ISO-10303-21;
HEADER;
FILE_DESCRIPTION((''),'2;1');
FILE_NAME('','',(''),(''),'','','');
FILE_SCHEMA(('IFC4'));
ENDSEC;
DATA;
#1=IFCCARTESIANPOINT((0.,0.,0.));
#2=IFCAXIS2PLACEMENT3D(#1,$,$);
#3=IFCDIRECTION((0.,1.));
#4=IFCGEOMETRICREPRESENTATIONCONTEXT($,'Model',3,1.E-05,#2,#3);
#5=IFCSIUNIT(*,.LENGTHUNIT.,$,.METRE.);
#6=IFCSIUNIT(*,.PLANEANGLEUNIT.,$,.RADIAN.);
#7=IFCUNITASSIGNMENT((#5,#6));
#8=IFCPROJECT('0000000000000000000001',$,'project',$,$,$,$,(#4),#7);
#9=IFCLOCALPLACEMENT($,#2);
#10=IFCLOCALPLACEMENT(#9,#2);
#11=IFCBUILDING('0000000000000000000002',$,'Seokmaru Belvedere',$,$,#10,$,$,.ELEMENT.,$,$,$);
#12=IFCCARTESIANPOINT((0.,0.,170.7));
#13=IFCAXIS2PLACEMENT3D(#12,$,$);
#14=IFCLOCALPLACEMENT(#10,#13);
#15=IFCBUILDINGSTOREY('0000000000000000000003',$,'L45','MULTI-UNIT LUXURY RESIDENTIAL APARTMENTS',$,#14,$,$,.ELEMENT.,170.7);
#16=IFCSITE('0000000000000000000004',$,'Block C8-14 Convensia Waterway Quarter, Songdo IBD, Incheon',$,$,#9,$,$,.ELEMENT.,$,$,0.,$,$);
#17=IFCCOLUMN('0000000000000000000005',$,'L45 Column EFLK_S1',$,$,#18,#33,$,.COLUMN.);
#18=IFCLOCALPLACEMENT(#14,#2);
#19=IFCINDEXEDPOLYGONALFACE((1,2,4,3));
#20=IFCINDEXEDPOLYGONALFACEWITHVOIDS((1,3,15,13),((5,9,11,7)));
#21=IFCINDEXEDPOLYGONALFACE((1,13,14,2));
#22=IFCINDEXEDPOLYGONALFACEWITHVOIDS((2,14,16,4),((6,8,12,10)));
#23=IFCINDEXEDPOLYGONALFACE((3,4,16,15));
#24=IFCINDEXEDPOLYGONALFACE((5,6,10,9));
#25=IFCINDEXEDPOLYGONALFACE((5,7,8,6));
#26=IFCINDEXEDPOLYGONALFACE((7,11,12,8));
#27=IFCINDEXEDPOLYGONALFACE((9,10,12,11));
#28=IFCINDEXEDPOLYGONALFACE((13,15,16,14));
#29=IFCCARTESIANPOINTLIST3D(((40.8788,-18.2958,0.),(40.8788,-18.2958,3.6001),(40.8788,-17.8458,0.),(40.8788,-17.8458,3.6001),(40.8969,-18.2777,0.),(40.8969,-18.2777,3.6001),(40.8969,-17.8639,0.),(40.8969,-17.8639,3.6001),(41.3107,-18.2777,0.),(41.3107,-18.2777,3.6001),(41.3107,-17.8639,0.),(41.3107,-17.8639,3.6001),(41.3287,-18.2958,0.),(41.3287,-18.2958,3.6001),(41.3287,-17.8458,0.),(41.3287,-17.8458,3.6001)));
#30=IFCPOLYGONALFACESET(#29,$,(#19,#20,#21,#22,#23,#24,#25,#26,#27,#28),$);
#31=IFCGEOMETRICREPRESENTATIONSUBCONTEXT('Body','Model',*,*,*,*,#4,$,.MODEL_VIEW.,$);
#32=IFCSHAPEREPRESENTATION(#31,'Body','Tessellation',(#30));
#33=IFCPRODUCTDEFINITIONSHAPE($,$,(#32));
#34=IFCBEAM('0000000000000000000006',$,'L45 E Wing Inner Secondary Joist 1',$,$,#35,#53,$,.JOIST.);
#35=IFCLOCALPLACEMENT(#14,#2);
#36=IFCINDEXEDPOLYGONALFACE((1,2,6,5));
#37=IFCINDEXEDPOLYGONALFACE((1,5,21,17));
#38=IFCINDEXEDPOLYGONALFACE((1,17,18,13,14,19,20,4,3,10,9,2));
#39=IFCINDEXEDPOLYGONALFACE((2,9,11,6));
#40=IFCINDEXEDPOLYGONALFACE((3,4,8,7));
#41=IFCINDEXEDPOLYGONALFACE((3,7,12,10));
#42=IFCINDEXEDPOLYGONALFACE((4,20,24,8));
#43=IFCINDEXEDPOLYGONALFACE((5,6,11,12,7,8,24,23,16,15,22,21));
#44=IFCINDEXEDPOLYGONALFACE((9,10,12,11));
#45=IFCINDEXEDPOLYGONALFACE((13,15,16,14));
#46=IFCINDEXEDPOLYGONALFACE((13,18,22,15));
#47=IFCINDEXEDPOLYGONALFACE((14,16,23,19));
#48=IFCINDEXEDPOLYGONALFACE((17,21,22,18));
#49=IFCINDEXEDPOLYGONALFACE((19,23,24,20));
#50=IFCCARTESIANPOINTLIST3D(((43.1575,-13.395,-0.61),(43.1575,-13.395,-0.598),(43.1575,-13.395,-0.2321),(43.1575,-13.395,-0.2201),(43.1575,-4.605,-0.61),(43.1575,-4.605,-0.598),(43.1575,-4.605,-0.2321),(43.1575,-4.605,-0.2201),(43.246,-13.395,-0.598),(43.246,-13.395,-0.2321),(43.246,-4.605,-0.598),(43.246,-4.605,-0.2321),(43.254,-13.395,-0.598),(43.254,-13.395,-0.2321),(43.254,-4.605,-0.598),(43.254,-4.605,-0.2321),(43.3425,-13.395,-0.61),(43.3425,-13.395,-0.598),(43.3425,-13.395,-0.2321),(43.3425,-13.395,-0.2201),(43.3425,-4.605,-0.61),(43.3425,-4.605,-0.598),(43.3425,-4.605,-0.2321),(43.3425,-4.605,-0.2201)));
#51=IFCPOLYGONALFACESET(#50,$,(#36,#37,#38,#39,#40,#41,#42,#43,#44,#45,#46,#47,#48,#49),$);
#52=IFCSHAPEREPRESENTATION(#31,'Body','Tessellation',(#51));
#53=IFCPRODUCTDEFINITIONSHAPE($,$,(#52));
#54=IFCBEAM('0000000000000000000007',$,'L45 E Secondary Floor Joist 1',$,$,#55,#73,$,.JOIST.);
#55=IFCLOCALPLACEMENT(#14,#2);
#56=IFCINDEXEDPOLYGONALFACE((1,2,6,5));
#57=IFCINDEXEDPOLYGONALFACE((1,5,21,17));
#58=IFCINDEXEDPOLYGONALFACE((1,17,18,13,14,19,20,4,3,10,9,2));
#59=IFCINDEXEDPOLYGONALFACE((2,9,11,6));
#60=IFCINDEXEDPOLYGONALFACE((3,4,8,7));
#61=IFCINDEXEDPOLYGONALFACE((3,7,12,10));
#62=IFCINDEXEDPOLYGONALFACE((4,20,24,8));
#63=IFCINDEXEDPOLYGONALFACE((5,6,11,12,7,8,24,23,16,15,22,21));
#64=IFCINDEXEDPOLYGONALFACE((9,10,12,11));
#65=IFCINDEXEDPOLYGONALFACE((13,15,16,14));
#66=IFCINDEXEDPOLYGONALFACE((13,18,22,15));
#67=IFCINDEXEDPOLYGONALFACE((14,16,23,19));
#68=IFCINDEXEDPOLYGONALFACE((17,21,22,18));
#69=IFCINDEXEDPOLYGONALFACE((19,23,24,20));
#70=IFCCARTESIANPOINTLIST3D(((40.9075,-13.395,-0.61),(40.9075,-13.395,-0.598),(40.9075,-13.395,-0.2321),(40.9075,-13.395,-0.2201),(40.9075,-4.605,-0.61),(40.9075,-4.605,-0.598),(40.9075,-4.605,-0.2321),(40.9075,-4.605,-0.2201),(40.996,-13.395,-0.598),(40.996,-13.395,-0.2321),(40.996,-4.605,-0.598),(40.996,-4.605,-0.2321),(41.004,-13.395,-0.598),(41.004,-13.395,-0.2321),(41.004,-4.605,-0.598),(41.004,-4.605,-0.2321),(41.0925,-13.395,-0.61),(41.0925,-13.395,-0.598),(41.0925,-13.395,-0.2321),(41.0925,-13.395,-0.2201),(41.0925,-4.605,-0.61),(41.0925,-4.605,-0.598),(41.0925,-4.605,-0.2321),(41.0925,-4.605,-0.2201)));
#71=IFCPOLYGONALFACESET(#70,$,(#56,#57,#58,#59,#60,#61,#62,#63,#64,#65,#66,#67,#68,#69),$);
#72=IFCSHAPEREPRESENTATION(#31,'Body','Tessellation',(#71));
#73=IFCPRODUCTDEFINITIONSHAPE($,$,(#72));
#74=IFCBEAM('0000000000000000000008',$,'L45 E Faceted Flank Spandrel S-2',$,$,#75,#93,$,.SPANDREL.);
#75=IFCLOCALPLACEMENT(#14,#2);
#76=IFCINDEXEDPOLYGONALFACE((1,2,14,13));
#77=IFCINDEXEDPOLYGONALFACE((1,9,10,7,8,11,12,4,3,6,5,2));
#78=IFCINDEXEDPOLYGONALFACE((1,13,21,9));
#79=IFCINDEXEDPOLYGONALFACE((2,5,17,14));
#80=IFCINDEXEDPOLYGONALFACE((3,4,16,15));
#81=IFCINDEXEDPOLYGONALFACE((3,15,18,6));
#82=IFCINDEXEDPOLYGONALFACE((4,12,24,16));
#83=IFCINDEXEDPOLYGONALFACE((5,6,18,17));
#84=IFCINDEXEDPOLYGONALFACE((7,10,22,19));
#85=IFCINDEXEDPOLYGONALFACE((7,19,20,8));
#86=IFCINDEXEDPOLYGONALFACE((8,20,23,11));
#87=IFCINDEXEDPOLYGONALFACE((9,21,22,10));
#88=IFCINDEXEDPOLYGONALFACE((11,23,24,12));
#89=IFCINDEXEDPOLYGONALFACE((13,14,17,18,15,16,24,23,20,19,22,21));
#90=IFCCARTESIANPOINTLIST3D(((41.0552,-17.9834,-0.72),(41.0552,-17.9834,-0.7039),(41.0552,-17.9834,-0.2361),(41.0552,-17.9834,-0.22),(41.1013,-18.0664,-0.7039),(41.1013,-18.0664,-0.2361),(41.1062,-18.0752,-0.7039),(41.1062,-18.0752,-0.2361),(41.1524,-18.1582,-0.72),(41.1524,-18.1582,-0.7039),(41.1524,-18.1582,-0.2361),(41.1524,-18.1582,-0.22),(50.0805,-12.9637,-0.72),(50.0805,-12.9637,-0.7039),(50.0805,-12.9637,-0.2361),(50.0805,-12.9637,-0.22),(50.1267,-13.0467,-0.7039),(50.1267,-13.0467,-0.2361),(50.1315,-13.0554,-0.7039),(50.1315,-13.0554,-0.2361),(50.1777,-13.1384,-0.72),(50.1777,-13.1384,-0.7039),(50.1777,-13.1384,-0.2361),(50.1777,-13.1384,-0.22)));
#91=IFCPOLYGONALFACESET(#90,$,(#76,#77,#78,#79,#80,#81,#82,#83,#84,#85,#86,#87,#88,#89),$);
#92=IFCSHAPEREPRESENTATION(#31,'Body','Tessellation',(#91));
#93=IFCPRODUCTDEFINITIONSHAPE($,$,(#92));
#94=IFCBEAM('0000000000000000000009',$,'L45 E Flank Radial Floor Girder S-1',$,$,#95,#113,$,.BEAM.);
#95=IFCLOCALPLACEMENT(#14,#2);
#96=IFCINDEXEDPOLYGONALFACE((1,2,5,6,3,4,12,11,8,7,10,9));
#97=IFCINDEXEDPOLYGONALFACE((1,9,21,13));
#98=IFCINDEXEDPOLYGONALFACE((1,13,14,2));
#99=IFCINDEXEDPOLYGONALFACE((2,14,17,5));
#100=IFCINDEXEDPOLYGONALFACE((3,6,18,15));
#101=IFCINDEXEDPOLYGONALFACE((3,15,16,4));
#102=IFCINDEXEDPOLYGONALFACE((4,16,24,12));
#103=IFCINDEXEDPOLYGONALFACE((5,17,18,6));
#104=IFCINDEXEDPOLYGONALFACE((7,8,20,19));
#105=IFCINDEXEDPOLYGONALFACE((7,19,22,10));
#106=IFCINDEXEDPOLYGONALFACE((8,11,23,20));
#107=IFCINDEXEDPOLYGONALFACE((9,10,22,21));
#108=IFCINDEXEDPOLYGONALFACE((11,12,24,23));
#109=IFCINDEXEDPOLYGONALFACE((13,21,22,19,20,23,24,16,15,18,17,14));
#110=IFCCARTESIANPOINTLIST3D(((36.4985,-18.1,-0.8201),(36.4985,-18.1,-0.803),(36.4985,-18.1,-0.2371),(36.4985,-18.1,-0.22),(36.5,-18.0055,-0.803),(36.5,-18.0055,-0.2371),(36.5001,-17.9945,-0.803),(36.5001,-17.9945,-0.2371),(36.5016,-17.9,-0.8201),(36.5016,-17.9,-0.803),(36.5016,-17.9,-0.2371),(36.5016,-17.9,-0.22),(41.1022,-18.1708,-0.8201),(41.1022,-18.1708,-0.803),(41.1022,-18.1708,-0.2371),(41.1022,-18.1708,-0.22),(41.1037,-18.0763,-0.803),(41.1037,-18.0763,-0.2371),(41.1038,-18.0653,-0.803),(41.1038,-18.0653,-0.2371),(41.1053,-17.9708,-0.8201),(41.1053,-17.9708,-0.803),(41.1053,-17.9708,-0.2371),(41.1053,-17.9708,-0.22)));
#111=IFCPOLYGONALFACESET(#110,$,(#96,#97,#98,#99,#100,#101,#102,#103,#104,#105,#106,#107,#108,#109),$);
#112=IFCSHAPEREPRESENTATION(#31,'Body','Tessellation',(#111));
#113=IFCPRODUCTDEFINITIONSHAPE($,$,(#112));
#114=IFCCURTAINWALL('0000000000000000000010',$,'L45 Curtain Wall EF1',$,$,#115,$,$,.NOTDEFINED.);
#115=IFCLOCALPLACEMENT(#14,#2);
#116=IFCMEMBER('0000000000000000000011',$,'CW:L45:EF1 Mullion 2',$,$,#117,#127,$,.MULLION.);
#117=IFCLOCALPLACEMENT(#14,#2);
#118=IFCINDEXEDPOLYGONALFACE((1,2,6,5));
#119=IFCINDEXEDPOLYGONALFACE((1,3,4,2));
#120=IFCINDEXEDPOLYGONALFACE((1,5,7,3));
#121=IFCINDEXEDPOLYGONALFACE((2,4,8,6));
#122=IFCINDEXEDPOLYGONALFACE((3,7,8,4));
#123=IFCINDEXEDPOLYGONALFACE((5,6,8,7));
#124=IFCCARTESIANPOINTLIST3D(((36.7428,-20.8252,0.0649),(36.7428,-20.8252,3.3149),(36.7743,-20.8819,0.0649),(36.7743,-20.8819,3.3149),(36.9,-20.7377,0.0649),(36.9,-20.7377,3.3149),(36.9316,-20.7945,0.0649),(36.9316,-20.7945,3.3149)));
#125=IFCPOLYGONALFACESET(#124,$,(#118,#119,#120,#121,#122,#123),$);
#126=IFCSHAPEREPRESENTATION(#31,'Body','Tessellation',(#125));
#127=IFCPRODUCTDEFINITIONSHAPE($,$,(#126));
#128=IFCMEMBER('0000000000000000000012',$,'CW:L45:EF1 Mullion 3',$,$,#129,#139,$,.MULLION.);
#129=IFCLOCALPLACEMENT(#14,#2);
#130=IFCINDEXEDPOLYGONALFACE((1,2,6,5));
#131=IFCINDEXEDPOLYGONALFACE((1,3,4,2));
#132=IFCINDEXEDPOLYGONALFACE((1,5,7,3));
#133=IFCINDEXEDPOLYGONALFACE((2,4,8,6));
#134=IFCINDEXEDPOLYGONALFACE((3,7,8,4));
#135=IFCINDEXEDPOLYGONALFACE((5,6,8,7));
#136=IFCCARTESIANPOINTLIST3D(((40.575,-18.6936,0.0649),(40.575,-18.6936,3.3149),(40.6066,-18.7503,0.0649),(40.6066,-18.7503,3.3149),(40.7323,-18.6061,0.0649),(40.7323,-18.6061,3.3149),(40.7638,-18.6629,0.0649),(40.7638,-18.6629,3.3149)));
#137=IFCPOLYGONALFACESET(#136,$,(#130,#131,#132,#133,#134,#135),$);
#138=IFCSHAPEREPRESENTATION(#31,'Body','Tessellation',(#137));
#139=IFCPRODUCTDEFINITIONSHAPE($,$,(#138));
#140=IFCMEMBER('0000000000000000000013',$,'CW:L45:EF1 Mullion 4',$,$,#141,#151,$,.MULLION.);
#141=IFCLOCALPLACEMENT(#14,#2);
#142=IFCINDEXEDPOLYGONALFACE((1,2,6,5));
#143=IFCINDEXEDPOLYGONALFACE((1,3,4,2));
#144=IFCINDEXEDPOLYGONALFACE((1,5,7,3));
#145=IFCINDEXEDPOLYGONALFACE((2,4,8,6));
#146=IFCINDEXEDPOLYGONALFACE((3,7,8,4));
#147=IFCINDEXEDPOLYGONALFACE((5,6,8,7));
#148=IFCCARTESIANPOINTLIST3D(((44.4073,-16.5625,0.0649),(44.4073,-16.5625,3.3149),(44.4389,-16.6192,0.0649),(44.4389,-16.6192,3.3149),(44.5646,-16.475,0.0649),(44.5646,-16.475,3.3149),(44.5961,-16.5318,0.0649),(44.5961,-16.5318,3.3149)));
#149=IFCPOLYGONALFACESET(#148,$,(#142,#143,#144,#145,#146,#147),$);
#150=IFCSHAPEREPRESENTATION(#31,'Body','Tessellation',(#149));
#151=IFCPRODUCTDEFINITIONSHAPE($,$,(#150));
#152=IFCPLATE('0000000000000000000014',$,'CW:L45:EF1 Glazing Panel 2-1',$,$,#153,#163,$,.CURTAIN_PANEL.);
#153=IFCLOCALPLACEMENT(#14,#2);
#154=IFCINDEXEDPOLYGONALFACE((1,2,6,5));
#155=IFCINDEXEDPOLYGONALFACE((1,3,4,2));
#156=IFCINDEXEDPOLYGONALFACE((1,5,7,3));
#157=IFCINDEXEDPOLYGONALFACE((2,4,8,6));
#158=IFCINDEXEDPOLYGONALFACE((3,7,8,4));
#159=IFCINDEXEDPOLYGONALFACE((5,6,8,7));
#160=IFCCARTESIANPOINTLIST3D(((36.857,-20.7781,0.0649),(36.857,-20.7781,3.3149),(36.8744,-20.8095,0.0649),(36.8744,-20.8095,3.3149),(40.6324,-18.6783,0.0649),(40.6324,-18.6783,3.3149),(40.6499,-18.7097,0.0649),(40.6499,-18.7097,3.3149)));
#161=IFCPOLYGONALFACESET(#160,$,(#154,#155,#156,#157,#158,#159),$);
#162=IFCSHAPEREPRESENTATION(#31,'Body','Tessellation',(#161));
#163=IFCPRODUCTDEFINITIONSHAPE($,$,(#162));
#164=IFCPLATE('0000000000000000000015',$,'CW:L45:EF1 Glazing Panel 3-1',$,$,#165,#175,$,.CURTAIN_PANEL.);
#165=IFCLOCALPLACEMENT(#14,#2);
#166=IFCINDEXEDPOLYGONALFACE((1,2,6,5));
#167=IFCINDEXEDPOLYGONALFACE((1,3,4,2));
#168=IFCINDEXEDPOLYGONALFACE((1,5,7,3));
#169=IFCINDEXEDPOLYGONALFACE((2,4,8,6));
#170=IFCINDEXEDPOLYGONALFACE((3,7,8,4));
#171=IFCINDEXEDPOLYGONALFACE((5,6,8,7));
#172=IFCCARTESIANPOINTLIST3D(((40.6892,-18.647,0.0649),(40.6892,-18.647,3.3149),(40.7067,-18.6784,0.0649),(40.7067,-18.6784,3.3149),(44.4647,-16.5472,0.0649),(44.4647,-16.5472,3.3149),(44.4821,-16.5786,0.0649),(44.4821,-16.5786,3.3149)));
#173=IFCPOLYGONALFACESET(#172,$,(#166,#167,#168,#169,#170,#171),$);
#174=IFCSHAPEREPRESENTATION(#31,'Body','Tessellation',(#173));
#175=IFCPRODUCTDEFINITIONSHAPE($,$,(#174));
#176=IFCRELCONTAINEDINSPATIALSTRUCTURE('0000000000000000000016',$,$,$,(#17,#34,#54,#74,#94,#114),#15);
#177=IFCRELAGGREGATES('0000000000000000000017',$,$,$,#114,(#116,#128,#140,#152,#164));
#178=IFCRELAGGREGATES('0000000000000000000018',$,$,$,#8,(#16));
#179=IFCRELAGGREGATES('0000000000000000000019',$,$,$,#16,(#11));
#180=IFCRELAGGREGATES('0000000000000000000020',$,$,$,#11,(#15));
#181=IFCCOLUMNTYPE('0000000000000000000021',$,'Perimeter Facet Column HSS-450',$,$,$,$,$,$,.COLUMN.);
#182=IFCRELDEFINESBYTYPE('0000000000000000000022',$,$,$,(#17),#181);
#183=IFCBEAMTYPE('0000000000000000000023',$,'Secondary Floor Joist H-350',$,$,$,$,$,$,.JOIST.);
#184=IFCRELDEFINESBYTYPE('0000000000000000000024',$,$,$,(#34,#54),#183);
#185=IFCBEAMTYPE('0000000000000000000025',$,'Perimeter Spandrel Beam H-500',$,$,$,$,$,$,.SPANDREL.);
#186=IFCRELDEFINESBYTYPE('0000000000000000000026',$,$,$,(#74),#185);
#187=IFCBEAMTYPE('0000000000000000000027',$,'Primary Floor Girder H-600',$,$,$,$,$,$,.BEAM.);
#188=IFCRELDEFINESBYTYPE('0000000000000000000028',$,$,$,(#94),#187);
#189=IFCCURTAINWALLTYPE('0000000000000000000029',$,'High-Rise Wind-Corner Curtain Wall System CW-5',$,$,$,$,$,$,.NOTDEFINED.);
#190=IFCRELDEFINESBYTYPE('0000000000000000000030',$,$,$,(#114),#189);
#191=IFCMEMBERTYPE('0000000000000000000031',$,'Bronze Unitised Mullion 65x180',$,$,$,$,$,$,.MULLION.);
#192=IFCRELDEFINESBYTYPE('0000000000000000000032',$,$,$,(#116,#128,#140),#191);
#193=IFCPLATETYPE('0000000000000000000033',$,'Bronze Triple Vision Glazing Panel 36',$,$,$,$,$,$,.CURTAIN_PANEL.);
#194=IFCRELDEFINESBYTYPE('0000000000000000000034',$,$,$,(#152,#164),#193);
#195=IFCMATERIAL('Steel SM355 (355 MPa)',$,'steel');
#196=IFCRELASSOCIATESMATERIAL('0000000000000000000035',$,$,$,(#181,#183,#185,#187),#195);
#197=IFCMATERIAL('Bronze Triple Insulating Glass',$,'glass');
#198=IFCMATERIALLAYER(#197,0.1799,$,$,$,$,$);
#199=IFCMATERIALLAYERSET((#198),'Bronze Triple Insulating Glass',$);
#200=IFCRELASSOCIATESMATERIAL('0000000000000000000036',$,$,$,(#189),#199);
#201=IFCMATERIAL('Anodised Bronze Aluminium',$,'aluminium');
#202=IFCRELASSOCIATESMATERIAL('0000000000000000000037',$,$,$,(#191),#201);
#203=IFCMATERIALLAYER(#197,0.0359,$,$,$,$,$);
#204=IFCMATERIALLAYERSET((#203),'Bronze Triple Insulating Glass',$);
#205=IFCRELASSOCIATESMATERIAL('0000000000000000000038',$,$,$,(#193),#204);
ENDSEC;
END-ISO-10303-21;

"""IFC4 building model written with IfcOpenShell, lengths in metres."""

from ifc_helpers import new_model, si_unit, direction, frame, origin, origin_2d, place, context, subcontext, project, spatial, rectangle, hollow_rectangle, i_section, extrude, source, transform, mapped, material, layer, layer_set, material_profile, profile_set, type_object, type_shapes, element, aggregate, save


model = new_model("IFC4")

# Units and contexts
model_context = context("Model", 3, precision=1e-05, world=origin(), true_north=direction((0.0, 1.0)))
body_context = subcontext(model_context, "Body", "Model", "MODEL_VIEW")
ifc_project = project(units=[si_unit("LENGTHUNIT", "METRE"), si_unit("PLANEANGLEUNIT", "RADIAN")], contexts=[model_context])

# Site, building, storey
site_placement = place(None, origin())
site = spatial("IfcSite", under=ifc_project, at=site_placement, Name="Block C8-14 Convensia Waterway Quarter, Songdo IBD, Incheon", CompositionType="ELEMENT", RefElevation=0.0)
building_placement = place(site_placement, origin())
building = spatial("IfcBuilding", under=site, at=building_placement, Name="Seokmaru Belvedere", CompositionType="ELEMENT")
storey_placement = place(building_placement, frame((0.0, 0.0, 170.7)))
storey = spatial("IfcBuildingStorey", under=building, at=storey_placement, Name="L45", Description="MULTI-UNIT LUXURY RESIDENTIAL APARTMENTS", CompositionType="ELEMENT", Elevation=170.7)

# Column
ifc_material_1 = material(Name="Steel SM355 (355 MPa)", Category="steel")
ifc_material_profile_1 = material_profile(ifc_material_1, hollow_rectangle(XDim=0.45, YDim=0.45, WallThickness=0.0181, at=origin_2d()), Name="HSS-450x450x18")
ifc_profile_set_1 = profile_set([ifc_material_profile_1], Name="Steel SM355 (355 MPa)")
column_type = type_object("IfcColumnType", Name="Perimeter Facet Column HSS-450", PredefinedType="COLUMN", material=ifc_profile_set_1)
shared_shape_1 = source(origin(), body_context, "Body", "SweptSolid", [
    extrude(hollow_rectangle(XDim=0.45, YDim=0.45, WallThickness=0.0181, at=origin_2d()), origin(), (0.0, 0.0, 1.0), 3.6001),
])
type_shapes(column_type, [shared_shape_1])
column_placement = place(storey_placement, frame((41.1038, -18.0708, 0.0), z_axis=(0.0, 0.0, 1.0), x_axis=(1.0, 0.0, 0.0)))
element("IfcColumn", 1, at=column_placement, inside=storey, type_object=column_type, Name="L45 Column EFLK_S1", PredefinedType="COLUMN", context=body_context, shape_type="MappedRepresentation", body=[
    mapped(shared_shape_1, transform((0.0, 0.0, 0.0), scale=1.0)),
])

# Beams
ifc_material_profile_2 = material_profile(ifc_material_1, i_section(OverallWidth=0.1851, OverallDepth=0.3899, WebThickness=0.0081, FlangeThickness=0.012, at=origin_2d()), Name="H-390x185x8x12")
ifc_profile_set_2 = profile_set([ifc_material_profile_2], Name="Steel SM355 (355 MPa)")
beam_type_1 = type_object("IfcBeamType", Name="Secondary Floor Joist H-350", PredefinedType="JOIST", material=ifc_profile_set_2)
shared_shape_2 = source(origin(), body_context, "Body", "SweptSolid", [
    extrude(i_section(OverallWidth=0.1851, OverallDepth=0.3899, WebThickness=0.0081, FlangeThickness=0.012, at=origin_2d()), origin(), (0.0, 0.0, 1.0), 8.79),
])
type_shapes(beam_type_1, [shared_shape_2])
for number, where, z_axis, x_axis, name in (
    (2, (43.25, -13.395, -0.415), (0.0, 1.0, 0.0), (-1.0, 0.0, 0.0), "L45 E Wing Inner Secondary Joist 1"),
    (3, (41.0, -13.395, -0.415), (0.0, 1.0, 0.0), (-1.0, 0.0, 0.0), "L45 E Secondary Floor Joist 1"),
):
    element("IfcBeam", number, at=place(storey_placement, frame(where, z_axis=z_axis, x_axis=x_axis)), inside=storey, type_object=beam_type_1, Name=name, PredefinedType="JOIST", context=body_context, shape_type="MappedRepresentation", body=[
        mapped(shared_shape_2, transform((0.0, 0.0, 0.0), scale=1.0)),
    ])
ifc_material_profile_3 = material_profile(ifc_material_1, i_section(OverallWidth=0.2, OverallDepth=0.5, WebThickness=0.01, FlangeThickness=0.0161, at=origin_2d()), Name="H-500x200x10x16")
ifc_profile_set_3 = profile_set([ifc_material_profile_3], Name="Steel SM355 (355 MPa)")
beam_type_2 = type_object("IfcBeamType", Name="Perimeter Spandrel Beam H-500", PredefinedType="SPANDREL", material=ifc_profile_set_3)
shared_shape_3 = source(origin(), body_context, "Body", "SweptSolid", [
    extrude(i_section(OverallWidth=0.2, OverallDepth=0.5, WebThickness=0.01, FlangeThickness=0.0161, at=origin_2d()), origin(), (0.0, 0.0, 1.0), 10.3274),
])
type_shapes(beam_type_2, [shared_shape_3])
beam_1_placement = place(storey_placement, frame((41.1038, -18.0708, -0.47), z_axis=(0.873924, 0.486062, 0.0), x_axis=(-0.486062, 0.873924, 0.0)))
element("IfcBeam", 4, at=beam_1_placement, inside=storey, type_object=beam_type_2, Name="L45 E Faceted Flank Spandrel S-2", PredefinedType="SPANDREL", context=body_context, shape_type="MappedRepresentation", body=[
    mapped(shared_shape_3, transform((0.0, 0.0, 0.0), scale=1.0)),
])
ifc_material_profile_4 = material_profile(ifc_material_1, i_section(OverallWidth=0.2, OverallDepth=0.6001, WebThickness=0.011, FlangeThickness=0.0171, at=origin_2d()), Name="H-600x200x11x17")
ifc_profile_set_4 = profile_set([ifc_material_profile_4], Name="Steel SM355 (355 MPa)")
beam_type_3 = type_object("IfcBeamType", Name="Primary Floor Girder H-600", PredefinedType="BEAM", material=ifc_profile_set_4)
shared_shape_4 = source(origin(), body_context, "Body", "SweptSolid", [
    extrude(i_section(OverallWidth=0.2, OverallDepth=0.6001, WebThickness=0.011, FlangeThickness=0.0171, at=origin_2d()), origin(), (0.0, 0.0, 1.0), 4.6042),
])
type_shapes(beam_type_3, [shared_shape_4])
beam_2_placement = place(storey_placement, frame((41.1038, -18.0708, -0.52), z_axis=(-0.999882, 0.015377, 0.0), x_axis=(-0.015377, -0.999882, 0.0)))
element("IfcBeam", 5, at=beam_2_placement, inside=storey, type_object=beam_type_3, Name="L45 E Flank Radial Floor Girder S-1", PredefinedType="BEAM", context=body_context, shape_type="MappedRepresentation", body=[
    mapped(shared_shape_4, transform((0.0, 0.0, 0.0), scale=1.0)),
])

# Curtain wall, members, plates
ifc_material_2 = material(Name="Bronze Triple Insulating Glass", Category="glass")
ifc_layer_1 = layer(ifc_material_2, 0.1799)
ifc_layer_set_1 = layer_set([ifc_layer_1], Name="Bronze Triple Insulating Glass")
curtain_wall_type = type_object("IfcCurtainWallType", Name="High-Rise Wind-Corner Curtain Wall System CW-5", PredefinedType="NOTDEFINED", material=ifc_layer_set_1)
curtain_wall_placement = place(storey_placement, origin())
curtain_wall = element("IfcCurtainWall", 6, at=curtain_wall_placement, inside=storey, type_object=curtain_wall_type, Name="L45 Curtain Wall EF1", PredefinedType="NOTDEFINED")
ifc_material_3 = material(Name="Anodised Bronze Aluminium", Category="aluminium")
ifc_material_profile_5 = material_profile(ifc_material_3, rectangle(XDim=0.0649, YDim=0.1799, at=origin_2d()), Name="CW-M-65x180")
ifc_profile_set_5 = profile_set([ifc_material_profile_5], Name="Anodised Bronze Aluminium")
member_type = type_object("IfcMemberType", Name="Bronze Unitised Mullion 65x180", PredefinedType="MULLION", material=ifc_profile_set_5)
shared_shape_5 = source(origin(), body_context, "Body", "SweptSolid", [
    extrude(rectangle(XDim=0.0649, YDim=0.1799, at=origin_2d()), origin(), (0.0, 0.0, 1.0), 3.25),
])
type_shapes(member_type, [shared_shape_5])
member_1_placement = place(storey_placement, frame((36.8372, -20.8098, 0.0649), z_axis=(0.0, 0.0, 1.0), x_axis=(-0.486047, 0.873933, 0.0)))
member_1 = element("IfcMember", 7, at=member_1_placement, type_object=member_type, Name="CW:L45:EF1 Mullion 2", PredefinedType="MULLION", context=body_context, shape_type="MappedRepresentation", body=[
    mapped(shared_shape_5, transform((0.0, 0.0, 0.0), scale=1.0)),
])
member_2_placement = place(storey_placement, frame((40.6694, -18.6782, 0.0649), z_axis=(0.0, 0.0, 1.0), x_axis=(-0.486047, 0.873933, 0.0)))
member_2 = element("IfcMember", 8, at=member_2_placement, type_object=member_type, Name="CW:L45:EF1 Mullion 3", PredefinedType="MULLION", context=body_context, shape_type="MappedRepresentation", body=[
    mapped(shared_shape_5, transform((0.0, 0.0, 0.0), scale=1.0)),
])
member_3_placement = place(storey_placement, frame((44.5017, -16.5471, 0.0649), z_axis=(0.0, 0.0, 1.0), x_axis=(-0.486047, 0.873933, 0.0)))
member_3 = element("IfcMember", 9, at=member_3_placement, type_object=member_type, Name="CW:L45:EF1 Mullion 4", PredefinedType="MULLION", context=body_context, shape_type="MappedRepresentation", body=[
    mapped(shared_shape_5, transform((0.0, 0.0, 0.0), scale=1.0)),
])
ifc_layer_2 = layer(ifc_material_2, 0.0359)
ifc_layer_set_2 = layer_set([ifc_layer_2], Name="Bronze Triple Insulating Glass")
plate_type = type_object("IfcPlateType", Name="Bronze Triple Vision Glazing Panel 36", PredefinedType="CURTAIN_PANEL", material=ifc_layer_set_2)
shared_shape_6 = source(origin(), body_context, "Body", "SweptSolid", [
    extrude(rectangle(XDim=4.3201, YDim=0.0359, at=origin_2d()), origin(), (0.0, 0.0, 1.0), 3.25),
])
type_shapes(plate_type, [shared_shape_6])
plate_1_placement = place(storey_placement, frame((38.7534, -19.7439, 0.0649), z_axis=(0.0, 0.0, 1.0), x_axis=(0.873933, 0.486047, 0.0)))
plate_1 = element("IfcPlate", 10, at=plate_1_placement, type_object=plate_type, Name="CW:L45:EF1 Glazing Panel 2-1", PredefinedType="CURTAIN_PANEL", context=body_context, shape_type="MappedRepresentation", body=[
    mapped(shared_shape_6, transform((0.0, 0.0, 0.0), scale=1.0)),
])
plate_2_placement = place(storey_placement, frame((42.5857, -17.6128, 0.0649), z_axis=(0.0, 0.0, 1.0), x_axis=(0.873933, 0.486047, 0.0)))
plate_2 = element("IfcPlate", 11, at=plate_2_placement, type_object=plate_type, Name="CW:L45:EF1 Glazing Panel 3-1", PredefinedType="CURTAIN_PANEL", context=body_context, shape_type="MappedRepresentation", body=[
    mapped(shared_shape_6, transform((0.0, 0.0, 0.0), scale=1.0)),
])
aggregate(curtain_wall, [member_1, member_2, member_3, plate_1, plate_2])

save(model, "model.ifc")
